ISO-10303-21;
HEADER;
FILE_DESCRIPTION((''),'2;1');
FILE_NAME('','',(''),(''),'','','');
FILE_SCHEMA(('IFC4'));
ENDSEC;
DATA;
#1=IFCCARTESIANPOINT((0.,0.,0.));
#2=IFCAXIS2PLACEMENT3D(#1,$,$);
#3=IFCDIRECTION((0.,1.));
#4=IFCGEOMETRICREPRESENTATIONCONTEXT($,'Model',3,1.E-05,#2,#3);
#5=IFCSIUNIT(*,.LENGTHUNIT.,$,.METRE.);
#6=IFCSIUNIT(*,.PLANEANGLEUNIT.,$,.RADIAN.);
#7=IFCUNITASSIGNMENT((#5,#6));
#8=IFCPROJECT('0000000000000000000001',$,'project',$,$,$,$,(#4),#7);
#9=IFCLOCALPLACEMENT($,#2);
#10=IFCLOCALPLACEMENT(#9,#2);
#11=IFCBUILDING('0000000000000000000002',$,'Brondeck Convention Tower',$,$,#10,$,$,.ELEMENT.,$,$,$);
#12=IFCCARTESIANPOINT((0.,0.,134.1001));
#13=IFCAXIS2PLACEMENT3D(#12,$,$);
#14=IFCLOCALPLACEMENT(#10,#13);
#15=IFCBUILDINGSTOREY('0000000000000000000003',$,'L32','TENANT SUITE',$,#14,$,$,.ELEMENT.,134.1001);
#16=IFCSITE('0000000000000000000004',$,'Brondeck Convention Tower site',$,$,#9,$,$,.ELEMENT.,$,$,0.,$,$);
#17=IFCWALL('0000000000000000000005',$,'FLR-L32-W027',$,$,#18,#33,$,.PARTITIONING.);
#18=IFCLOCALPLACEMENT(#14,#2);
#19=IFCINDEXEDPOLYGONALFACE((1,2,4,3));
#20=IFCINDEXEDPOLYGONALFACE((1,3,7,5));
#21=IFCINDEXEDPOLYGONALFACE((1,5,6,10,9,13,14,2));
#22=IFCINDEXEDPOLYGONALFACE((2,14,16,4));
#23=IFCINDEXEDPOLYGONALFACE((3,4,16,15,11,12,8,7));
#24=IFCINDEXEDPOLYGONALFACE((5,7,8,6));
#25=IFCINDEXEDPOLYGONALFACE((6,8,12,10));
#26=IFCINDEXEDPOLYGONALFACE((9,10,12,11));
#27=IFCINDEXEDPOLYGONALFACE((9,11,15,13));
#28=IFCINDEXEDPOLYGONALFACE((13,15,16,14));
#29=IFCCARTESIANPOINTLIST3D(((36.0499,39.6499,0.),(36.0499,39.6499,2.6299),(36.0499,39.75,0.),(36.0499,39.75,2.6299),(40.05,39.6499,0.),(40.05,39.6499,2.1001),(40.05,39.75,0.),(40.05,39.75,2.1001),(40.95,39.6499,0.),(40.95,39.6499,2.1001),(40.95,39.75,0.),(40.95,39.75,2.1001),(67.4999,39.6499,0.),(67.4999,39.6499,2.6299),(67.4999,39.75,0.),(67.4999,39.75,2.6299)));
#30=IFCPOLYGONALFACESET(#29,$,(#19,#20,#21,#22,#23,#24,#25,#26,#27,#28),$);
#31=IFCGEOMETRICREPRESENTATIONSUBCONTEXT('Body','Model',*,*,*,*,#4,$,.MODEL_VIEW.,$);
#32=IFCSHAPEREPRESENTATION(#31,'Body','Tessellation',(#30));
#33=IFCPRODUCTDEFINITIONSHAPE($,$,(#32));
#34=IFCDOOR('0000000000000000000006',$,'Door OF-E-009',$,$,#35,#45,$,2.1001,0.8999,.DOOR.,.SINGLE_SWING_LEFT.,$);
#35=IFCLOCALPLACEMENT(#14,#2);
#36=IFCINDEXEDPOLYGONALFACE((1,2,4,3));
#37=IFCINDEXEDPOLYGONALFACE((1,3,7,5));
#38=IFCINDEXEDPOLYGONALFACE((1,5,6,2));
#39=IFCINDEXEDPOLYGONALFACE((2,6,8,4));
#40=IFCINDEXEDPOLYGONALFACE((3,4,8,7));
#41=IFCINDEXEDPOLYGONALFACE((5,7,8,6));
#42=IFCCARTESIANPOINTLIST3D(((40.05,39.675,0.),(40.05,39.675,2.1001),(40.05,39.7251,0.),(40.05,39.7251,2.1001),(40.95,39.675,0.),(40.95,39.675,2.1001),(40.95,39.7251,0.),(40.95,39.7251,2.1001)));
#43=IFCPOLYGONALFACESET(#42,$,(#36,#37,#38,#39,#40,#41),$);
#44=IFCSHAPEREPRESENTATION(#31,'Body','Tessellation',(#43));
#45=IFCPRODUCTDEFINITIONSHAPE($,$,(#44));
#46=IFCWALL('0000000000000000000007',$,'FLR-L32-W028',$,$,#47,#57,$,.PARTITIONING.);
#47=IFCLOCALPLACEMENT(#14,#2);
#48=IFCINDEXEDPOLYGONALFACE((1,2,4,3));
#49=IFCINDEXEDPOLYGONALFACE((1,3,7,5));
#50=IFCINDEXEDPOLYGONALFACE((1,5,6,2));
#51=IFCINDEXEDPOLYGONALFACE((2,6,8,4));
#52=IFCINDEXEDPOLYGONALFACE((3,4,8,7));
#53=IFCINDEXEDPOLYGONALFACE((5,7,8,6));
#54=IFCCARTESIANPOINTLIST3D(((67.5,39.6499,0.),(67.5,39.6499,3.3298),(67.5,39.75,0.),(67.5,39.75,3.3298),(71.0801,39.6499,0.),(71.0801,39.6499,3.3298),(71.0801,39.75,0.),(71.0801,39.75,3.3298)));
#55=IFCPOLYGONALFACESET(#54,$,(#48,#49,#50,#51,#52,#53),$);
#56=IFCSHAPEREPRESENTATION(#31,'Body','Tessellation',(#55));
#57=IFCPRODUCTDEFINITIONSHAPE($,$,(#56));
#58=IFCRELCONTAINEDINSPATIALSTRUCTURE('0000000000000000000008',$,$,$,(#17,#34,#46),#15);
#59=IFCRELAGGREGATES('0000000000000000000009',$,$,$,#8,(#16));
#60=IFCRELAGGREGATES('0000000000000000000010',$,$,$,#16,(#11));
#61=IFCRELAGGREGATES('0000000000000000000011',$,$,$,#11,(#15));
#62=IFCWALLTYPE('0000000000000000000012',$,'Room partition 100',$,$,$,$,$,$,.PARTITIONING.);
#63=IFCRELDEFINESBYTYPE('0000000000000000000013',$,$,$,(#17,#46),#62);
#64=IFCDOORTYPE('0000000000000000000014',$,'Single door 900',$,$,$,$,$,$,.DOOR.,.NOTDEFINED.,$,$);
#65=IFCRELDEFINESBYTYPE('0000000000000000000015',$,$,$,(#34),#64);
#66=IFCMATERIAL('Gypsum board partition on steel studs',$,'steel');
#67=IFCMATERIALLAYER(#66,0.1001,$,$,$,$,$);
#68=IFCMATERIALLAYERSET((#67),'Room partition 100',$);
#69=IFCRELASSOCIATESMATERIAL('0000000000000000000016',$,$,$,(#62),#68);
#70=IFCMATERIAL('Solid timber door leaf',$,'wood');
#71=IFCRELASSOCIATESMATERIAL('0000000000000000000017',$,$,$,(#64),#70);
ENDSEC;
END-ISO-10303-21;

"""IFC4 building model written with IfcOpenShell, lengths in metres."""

from ifc_helpers import new_model, si_unit, direction, frame, frame_2d, origin, place, context, subcontext, project, spatial, rectangle, extrude, material, layer, layer_set, type_object, element, fill, save


model = new_model("IFC4")

# Units and contexts
model_context = context("Model", 3, precision=1e-05, world=origin(), true_north=direction((0.0, 1.0)))
body_context = subcontext(model_context, "Body", "Model", "MODEL_VIEW")
ifc_project = project(units=[si_unit("LENGTHUNIT", "METRE"), si_unit("PLANEANGLEUNIT", "RADIAN")], contexts=[model_context])

# Site, building, storey
site_placement = place(None, origin())
site = spatial("IfcSite", under=ifc_project, at=site_placement, Name="Brondeck Convention Tower site", CompositionType="ELEMENT", RefElevation=0.0)
building_placement = place(site_placement, origin())
building = spatial("IfcBuilding", under=site, at=building_placement, Name="Brondeck Convention Tower", CompositionType="ELEMENT")
storey_placement = place(building_placement, frame((0.0, 0.0, 134.1001)))
storey = spatial("IfcBuildingStorey", under=building, at=storey_placement, Name="L32", Description="TENANT SUITE", CompositionType="ELEMENT", Elevation=134.1001)

# Wall, opening, door
ifc_material_1 = material(Name="Gypsum board partition on steel studs", Category="steel")
ifc_layer_1 = layer(ifc_material_1, 0.1001)
ifc_layer_set_1 = layer_set([ifc_layer_1], Name="Room partition 100")
wall_type_1 = type_object("IfcWallType", Name="Room partition 100", PredefinedType="PARTITIONING", material=ifc_layer_set_1)
ifc_material_2 = material(Name="Solid timber door leaf", Category="wood")
door_type = type_object("IfcDoorType", Name="Single door 900", OperationType="NOTDEFINED", PredefinedType="DOOR", material=ifc_material_2)
wall_1_placement = place(storey_placement, frame((67.5, 39.7, 0.0), z_axis=(0.0, 0.0, 1.0), x_axis=(-1.0, 0.0, 0.0)))
wall_1 = element("IfcWall", 1, at=wall_1_placement, inside=storey, type_object=wall_type_1, Name="FLR-L32-W027", PredefinedType="PARTITIONING", context=body_context, shape_type="SweptSolid", body=[
    extrude(rectangle(XDim=31.45, YDim=0.1001, at=frame_2d((15.7251, 0.0))), origin(), (0.0, 0.0, 1.0), 2.6299),
])
opening_1_placement = place(wall_1_placement, frame((26.55, 0.0, 0.0)))
opening_1 = element("IfcOpeningElement", 2, at=opening_1_placement, cuts=wall_1, PredefinedType="OPENING", context=body_context, shape_type="SweptSolid", body=[
    extrude(rectangle(XDim=0.8999, YDim=2.1001, at=frame_2d((0.45, 1.05))), frame((0.0, 0.0601, 0.0), z_axis=(0.0, -1.0, 0.0), x_axis=(1.0, 0.0, 0.0)), (0.0, 0.0, 1.0), 0.1201),
])
door_1_placement = place(opening_1_placement, origin())
door_1 = element("IfcDoor", 3, at=door_1_placement, inside=storey, type_object=door_type, Name="Door OF-E-009", OperationType="SINGLE_SWING_LEFT", OverallHeight=2.1001, OverallWidth=0.8999, PredefinedType="DOOR", context=body_context, shape_type="SweptSolid", body=[
    extrude(rectangle(XDim=0.8999, YDim=2.1001, at=frame_2d((0.45, 1.05))), frame((0.0, 0.0249, 0.0), z_axis=(0.0, -1.0, 0.0), x_axis=(1.0, 0.0, 0.0)), (0.0, 0.0, 1.0), 0.05),
])
fill(opening_1, door_1)

# Wall
wall_2_placement = place(storey_placement, frame((71.0801, 39.7, 0.0), z_axis=(0.0, 0.0, 1.0), x_axis=(-1.0, 0.0, 0.0)))
element("IfcWall", 4, at=wall_2_placement, inside=storey, type_object=wall_type_1, Name="FLR-L32-W028", PredefinedType="PARTITIONING", context=body_context, shape_type="SweptSolid", body=[
    extrude(rectangle(XDim=3.5801, YDim=0.1001, at=frame_2d((1.79, 0.0))), origin(), (0.0, 0.0, 1.0), 3.3298),
])

save(model, "model.ifc")
